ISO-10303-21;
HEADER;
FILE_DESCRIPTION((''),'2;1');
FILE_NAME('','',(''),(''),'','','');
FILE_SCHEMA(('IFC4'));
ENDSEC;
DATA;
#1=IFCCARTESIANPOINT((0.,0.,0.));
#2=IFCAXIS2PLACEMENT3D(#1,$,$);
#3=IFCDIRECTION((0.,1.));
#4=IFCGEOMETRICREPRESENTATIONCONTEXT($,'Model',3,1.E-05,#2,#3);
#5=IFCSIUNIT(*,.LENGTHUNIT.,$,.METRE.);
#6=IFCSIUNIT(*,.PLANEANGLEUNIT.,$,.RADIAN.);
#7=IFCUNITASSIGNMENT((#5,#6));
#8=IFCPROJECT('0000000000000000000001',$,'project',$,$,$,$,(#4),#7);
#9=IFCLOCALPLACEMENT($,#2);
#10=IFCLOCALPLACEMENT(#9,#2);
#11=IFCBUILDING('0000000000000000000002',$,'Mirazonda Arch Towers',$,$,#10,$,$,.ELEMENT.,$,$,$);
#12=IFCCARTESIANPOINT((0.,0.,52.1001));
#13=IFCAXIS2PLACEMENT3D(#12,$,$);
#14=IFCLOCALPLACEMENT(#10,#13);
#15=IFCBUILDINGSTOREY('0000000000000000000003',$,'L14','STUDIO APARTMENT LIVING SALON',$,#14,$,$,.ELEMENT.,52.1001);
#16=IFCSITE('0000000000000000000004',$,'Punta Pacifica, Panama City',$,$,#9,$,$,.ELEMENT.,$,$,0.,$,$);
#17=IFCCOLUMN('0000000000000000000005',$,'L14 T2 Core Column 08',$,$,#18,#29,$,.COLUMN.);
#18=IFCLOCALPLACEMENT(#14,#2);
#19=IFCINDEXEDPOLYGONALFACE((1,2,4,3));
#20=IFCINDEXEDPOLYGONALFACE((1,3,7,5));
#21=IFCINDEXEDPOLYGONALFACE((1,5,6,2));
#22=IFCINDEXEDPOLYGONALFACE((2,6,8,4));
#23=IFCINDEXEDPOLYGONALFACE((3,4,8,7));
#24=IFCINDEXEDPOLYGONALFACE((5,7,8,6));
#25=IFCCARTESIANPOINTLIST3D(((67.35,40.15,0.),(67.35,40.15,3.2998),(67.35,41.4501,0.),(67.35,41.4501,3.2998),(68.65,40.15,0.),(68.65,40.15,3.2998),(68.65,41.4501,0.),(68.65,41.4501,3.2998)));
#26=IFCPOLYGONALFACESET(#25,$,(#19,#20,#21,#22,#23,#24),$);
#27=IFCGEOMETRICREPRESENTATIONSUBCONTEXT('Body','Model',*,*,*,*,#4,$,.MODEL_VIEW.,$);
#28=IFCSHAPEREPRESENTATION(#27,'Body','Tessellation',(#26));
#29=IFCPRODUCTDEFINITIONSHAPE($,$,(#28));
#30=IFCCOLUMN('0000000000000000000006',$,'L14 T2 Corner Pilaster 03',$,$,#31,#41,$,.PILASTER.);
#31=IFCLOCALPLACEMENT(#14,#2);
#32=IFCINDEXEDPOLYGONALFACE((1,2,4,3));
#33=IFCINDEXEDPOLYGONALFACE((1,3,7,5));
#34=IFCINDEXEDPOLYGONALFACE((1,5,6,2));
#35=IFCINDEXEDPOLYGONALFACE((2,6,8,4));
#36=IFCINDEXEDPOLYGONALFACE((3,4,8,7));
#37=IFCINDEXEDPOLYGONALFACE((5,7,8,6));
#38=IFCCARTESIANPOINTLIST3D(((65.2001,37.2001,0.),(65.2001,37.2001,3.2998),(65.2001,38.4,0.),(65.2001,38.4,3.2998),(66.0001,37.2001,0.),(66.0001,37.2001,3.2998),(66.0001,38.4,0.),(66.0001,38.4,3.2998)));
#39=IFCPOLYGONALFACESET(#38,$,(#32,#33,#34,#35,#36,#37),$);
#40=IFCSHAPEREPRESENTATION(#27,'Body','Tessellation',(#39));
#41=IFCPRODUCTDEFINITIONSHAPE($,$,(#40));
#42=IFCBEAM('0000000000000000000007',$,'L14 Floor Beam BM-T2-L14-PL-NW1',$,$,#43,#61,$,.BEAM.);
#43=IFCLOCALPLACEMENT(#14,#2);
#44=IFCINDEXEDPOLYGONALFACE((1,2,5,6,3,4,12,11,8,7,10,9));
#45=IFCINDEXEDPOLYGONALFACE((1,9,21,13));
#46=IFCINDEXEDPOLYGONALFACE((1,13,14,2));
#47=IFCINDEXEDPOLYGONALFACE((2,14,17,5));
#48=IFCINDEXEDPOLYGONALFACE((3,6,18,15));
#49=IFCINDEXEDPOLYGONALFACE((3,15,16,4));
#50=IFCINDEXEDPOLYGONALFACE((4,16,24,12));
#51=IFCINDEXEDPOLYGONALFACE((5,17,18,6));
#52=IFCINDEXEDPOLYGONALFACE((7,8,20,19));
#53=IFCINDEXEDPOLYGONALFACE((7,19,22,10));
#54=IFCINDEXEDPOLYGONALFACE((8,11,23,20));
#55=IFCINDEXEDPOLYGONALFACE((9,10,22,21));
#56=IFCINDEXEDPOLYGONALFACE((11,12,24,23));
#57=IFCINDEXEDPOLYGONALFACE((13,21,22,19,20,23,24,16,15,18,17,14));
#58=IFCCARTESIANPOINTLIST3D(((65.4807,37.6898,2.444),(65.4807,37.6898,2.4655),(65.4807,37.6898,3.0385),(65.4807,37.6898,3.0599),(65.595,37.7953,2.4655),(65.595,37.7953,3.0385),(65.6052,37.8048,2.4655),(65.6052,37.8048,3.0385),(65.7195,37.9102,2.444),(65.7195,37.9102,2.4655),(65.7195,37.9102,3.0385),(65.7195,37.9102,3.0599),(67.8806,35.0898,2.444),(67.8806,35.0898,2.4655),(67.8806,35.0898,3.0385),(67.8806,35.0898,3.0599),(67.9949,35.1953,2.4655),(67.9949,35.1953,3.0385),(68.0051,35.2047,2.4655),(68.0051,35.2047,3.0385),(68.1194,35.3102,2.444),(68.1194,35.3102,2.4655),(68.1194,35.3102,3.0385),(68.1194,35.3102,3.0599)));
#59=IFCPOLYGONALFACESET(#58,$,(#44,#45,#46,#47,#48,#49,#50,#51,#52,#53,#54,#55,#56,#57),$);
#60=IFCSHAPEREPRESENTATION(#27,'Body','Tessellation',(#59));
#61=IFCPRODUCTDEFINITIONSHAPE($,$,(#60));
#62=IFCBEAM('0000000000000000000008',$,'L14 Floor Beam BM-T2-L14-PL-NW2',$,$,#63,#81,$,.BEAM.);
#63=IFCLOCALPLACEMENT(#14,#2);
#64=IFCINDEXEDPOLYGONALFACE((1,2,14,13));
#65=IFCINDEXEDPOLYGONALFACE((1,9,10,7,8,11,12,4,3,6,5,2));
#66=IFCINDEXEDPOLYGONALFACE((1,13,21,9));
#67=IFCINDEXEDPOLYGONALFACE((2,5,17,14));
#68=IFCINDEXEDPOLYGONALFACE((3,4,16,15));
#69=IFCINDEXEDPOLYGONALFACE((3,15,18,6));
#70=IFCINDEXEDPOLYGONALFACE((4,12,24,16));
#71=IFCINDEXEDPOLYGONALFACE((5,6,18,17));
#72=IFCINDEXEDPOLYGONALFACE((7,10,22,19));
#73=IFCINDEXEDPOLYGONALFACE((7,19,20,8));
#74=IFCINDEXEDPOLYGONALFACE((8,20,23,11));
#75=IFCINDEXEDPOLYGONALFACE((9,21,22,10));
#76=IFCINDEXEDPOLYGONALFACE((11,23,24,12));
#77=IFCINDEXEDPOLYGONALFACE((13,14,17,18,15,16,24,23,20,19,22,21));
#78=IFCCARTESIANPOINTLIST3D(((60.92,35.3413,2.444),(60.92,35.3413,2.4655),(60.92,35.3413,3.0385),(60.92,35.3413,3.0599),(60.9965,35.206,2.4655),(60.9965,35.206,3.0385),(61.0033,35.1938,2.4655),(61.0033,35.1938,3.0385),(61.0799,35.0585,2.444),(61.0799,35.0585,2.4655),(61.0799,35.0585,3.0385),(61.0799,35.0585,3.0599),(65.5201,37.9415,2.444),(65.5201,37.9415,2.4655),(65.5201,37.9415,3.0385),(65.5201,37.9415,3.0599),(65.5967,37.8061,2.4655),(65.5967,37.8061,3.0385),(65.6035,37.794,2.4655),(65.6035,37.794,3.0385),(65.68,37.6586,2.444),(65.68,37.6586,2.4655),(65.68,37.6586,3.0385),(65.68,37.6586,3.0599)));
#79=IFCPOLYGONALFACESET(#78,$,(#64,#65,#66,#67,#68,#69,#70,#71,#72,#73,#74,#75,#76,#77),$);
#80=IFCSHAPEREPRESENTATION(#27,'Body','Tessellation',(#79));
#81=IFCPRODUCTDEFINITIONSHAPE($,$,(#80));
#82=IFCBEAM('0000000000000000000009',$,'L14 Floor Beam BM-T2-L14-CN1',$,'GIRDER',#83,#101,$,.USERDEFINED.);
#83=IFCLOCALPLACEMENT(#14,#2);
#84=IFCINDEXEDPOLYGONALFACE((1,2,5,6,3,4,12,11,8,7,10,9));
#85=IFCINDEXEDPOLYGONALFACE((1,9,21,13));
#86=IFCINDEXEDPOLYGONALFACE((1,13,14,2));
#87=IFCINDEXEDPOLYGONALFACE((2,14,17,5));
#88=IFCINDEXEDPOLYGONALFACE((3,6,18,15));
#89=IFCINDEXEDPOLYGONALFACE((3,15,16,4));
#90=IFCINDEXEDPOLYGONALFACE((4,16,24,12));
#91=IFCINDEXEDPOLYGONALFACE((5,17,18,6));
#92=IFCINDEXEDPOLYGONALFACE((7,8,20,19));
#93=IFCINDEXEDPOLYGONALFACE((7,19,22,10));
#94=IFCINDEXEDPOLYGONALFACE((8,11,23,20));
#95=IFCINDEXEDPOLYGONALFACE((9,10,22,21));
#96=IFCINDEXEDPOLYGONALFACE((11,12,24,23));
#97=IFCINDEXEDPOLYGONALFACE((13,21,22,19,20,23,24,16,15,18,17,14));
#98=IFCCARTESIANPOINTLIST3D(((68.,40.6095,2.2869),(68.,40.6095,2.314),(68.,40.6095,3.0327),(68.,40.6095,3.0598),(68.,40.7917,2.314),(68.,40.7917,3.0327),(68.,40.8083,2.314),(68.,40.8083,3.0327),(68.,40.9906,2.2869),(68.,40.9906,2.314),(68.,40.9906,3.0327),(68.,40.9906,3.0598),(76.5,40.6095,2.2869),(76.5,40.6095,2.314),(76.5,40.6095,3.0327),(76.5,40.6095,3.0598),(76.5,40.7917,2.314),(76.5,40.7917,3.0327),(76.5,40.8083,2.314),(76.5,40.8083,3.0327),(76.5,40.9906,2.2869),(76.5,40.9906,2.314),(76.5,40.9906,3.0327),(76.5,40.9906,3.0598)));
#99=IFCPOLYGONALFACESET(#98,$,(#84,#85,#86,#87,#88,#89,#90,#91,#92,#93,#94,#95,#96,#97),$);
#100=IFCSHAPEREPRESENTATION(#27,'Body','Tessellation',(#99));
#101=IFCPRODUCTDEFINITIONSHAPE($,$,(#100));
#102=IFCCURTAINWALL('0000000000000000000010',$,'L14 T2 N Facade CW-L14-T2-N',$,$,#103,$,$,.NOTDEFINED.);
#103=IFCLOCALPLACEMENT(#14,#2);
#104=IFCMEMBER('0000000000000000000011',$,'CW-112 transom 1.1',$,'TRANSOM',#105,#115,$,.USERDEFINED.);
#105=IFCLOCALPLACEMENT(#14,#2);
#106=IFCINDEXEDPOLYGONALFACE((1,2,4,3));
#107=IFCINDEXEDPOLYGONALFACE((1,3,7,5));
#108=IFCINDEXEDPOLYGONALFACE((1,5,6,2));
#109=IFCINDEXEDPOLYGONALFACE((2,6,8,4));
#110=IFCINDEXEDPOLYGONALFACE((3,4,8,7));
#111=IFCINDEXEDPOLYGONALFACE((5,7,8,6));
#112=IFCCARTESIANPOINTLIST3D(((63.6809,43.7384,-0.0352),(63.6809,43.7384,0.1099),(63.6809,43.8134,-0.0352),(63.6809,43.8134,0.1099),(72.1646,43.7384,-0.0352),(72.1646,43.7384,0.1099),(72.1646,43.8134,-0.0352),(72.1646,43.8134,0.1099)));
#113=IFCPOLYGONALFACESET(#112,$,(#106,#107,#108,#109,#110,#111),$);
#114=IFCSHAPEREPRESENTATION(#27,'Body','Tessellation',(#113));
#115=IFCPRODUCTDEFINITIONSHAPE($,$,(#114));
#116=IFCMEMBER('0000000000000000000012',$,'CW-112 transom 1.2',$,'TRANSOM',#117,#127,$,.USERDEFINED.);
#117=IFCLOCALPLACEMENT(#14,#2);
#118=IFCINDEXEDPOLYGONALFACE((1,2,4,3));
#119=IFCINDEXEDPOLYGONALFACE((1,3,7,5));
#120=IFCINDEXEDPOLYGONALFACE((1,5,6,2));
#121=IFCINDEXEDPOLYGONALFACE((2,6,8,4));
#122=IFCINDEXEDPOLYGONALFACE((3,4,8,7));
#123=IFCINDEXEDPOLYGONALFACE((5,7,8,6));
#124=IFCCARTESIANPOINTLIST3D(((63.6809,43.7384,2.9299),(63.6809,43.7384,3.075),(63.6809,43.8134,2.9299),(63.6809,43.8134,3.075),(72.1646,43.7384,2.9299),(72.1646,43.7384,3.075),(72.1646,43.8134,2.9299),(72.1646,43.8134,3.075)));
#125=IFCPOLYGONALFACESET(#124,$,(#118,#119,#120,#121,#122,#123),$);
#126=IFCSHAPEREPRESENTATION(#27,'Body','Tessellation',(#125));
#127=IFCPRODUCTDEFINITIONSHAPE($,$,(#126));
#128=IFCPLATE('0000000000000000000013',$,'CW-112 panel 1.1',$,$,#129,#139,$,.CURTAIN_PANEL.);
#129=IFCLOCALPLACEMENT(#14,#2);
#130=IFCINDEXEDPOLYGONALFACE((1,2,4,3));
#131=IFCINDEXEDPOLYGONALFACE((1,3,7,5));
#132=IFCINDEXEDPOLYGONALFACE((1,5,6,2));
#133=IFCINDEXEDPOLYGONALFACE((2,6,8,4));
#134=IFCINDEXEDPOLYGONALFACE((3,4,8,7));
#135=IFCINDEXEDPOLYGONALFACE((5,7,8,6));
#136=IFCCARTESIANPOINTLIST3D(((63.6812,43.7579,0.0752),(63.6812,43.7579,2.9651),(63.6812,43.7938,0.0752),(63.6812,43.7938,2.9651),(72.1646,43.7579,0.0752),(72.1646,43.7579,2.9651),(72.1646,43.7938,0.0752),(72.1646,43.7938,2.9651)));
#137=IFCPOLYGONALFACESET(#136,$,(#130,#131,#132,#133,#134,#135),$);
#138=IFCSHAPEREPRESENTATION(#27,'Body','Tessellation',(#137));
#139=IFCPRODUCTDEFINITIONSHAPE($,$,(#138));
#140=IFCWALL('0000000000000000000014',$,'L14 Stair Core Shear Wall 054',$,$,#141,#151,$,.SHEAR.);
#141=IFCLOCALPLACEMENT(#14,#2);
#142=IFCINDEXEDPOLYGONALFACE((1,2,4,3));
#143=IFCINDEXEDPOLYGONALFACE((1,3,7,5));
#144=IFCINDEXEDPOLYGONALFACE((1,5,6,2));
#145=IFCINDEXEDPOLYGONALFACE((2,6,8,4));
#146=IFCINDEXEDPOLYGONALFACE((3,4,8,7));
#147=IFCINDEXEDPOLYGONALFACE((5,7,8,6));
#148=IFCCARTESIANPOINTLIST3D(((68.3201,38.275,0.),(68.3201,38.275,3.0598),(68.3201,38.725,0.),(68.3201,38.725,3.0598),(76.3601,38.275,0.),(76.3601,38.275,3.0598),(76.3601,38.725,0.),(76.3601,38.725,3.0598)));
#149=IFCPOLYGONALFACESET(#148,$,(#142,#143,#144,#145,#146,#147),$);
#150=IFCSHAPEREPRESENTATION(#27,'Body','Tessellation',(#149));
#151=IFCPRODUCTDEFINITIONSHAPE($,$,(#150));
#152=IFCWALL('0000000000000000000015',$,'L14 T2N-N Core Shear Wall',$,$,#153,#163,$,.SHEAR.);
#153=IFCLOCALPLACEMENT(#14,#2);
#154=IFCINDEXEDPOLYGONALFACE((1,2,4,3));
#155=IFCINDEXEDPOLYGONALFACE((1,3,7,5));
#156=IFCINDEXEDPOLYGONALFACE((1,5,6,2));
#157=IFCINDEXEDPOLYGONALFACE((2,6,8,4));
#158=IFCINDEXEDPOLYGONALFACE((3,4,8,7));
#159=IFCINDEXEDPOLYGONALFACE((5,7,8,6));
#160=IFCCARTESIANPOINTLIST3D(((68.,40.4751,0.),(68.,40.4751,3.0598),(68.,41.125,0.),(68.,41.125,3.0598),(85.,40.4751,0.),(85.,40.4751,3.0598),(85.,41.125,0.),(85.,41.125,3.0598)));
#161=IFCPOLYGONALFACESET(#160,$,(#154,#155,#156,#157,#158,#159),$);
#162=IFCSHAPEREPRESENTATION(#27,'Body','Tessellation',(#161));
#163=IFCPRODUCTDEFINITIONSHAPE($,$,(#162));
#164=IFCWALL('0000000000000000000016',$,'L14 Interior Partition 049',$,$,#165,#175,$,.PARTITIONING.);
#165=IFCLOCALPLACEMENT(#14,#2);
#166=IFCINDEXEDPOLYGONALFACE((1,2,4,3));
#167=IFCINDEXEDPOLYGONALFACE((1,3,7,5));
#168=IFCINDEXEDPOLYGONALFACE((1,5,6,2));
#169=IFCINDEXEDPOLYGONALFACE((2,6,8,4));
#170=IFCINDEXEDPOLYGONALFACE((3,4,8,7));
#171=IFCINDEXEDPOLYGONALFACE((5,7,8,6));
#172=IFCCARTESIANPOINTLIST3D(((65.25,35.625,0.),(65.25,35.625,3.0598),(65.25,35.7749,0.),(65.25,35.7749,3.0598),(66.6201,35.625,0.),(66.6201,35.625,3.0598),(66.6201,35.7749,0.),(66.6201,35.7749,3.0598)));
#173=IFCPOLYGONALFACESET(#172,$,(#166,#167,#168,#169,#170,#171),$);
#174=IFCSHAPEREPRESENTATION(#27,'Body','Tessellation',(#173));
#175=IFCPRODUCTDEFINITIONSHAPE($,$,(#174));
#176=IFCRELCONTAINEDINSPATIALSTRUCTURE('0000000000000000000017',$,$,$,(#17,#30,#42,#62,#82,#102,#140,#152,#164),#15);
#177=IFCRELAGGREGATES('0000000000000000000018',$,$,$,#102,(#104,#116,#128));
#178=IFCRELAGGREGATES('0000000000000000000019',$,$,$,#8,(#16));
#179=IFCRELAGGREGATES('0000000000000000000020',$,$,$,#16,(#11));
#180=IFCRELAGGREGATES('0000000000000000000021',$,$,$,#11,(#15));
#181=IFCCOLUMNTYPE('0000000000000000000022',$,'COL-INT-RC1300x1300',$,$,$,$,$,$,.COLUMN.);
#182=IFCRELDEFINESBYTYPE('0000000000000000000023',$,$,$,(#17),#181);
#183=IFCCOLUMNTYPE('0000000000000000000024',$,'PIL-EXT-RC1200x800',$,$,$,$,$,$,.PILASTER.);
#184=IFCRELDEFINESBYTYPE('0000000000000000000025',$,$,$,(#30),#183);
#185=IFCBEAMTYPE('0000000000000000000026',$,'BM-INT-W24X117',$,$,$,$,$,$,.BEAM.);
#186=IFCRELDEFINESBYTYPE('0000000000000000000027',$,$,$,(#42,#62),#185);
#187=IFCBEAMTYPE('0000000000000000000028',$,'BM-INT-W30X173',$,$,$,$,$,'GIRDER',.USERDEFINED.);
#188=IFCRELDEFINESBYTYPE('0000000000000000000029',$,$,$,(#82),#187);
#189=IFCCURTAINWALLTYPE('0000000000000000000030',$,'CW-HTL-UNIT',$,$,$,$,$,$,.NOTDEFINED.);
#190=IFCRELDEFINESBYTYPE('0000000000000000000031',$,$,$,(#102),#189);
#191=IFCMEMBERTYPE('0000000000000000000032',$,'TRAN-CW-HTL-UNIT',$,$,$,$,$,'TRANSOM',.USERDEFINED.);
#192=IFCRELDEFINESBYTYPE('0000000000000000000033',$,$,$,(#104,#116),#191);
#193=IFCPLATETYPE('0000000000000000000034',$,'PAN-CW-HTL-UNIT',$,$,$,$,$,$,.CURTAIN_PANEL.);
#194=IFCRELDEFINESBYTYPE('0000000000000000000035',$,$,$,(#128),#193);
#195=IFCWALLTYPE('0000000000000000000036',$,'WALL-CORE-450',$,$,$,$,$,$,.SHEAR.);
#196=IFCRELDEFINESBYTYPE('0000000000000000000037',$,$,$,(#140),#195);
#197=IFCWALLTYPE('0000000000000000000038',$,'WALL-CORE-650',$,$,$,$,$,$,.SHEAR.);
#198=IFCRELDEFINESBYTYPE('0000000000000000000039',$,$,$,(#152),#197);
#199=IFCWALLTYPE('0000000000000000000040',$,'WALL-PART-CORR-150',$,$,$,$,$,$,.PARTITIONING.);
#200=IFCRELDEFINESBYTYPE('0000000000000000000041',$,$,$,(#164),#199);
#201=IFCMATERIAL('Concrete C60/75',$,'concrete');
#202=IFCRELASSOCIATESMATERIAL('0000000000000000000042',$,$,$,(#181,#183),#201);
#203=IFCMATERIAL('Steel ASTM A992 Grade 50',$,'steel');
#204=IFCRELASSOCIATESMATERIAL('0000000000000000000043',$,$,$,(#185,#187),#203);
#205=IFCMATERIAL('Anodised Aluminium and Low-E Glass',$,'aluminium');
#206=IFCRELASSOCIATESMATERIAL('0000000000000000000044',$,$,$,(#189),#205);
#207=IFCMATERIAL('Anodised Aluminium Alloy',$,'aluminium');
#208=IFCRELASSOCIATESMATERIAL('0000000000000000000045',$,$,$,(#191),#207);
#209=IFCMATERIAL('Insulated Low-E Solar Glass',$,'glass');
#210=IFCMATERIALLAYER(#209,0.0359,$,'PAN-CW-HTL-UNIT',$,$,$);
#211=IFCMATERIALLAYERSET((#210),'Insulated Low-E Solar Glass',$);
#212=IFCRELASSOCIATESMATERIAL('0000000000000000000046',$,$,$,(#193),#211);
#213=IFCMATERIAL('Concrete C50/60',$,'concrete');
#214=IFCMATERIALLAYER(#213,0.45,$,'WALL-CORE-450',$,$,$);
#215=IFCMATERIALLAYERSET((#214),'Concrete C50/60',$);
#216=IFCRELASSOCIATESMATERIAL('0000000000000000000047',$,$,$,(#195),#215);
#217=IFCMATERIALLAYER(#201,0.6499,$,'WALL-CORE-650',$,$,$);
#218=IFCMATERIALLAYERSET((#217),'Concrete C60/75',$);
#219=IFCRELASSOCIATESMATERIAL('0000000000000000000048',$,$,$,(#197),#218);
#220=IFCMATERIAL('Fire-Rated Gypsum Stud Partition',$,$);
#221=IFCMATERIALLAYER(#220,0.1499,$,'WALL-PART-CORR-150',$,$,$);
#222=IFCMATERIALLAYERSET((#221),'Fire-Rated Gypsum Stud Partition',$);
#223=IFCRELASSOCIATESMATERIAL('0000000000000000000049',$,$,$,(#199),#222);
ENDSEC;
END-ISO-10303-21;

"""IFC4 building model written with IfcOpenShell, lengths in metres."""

from ifc_helpers import new_model, si_unit, direction, frame, frame_2d, origin, origin_2d, place, context, subcontext, project, spatial, rectangle, i_section, extrude, material, layer, layer_set, material_profile, profile_set, type_object, element, aggregate, save


model = new_model("IFC4")

# Units and contexts
model_context = context("Model", 3, precision=1e-05, world=origin(), true_north=direction((0.0, 1.0)))
body_context = subcontext(model_context, "Body", "Model", "MODEL_VIEW")
ifc_project = project(units=[si_unit("LENGTHUNIT", "METRE"), si_unit("PLANEANGLEUNIT", "RADIAN")], contexts=[model_context])

# Site, building, storey
site_placement = place(None, origin())
site = spatial("IfcSite", under=ifc_project, at=site_placement, Name="Punta Pacifica, Panama City", CompositionType="ELEMENT", RefElevation=0.0)
building_placement = place(site_placement, origin())
building = spatial("IfcBuilding", under=site, at=building_placement, Name="Mirazonda Arch Towers", CompositionType="ELEMENT")
storey_placement = place(building_placement, frame((0.0, 0.0, 52.1001)))
storey = spatial("IfcBuildingStorey", under=building, at=storey_placement, Name="L14", Description="STUDIO APARTMENT LIVING SALON", CompositionType="ELEMENT", Elevation=52.1001)

# Columns
ifc_material_1 = material(Name="Concrete C60/75", Category="concrete")
ifc_material_profile_1 = material_profile(ifc_material_1, rectangle(XDim=1.3, YDim=1.3, at=origin_2d()), Name="RC1300x1300")
ifc_profile_set_1 = profile_set([ifc_material_profile_1], Name="Concrete C60/75")
column_type_1 = type_object("IfcColumnType", Name="COL-INT-RC1300x1300", PredefinedType="COLUMN", material=ifc_profile_set_1)
column_1_placement = place(storey_placement, frame((68.0, 40.8, 0.0), z_axis=(0.0, 0.0, 1.0), x_axis=(1.0, 0.0, 0.0)))
element("IfcColumn", 1, at=column_1_placement, inside=storey, type_object=column_type_1, Name="L14 T2 Core Column 08", PredefinedType="COLUMN", context=body_context, shape_type="SweptSolid", body=[
    extrude(rectangle(XDim=1.3, YDim=1.3, at=origin_2d()), origin(), (0.0, 0.0, 1.0), 3.2998),
])
ifc_material_profile_2 = material_profile(ifc_material_1, rectangle(XDim=0.8, YDim=1.2, at=origin_2d()), Name="RC1200x800")
ifc_profile_set_2 = profile_set([ifc_material_profile_2], Name="Concrete C60/75")
column_type_2 = type_object("IfcColumnType", Name="PIL-EXT-RC1200x800", PredefinedType="PILASTER", material=ifc_profile_set_2)
column_2_placement = place(storey_placement, frame((65.6001, 37.8, 0.0), z_axis=(0.0, 0.0, 1.0), x_axis=(1.0, 0.0, 0.0)))
element("IfcColumn", 2, at=column_2_placement, inside=storey, type_object=column_type_2, Name="L14 T2 Corner Pilaster 03", PredefinedType="PILASTER", context=body_context, shape_type="SweptSolid", body=[
    extrude(rectangle(XDim=0.8, YDim=1.2, at=origin_2d()), origin(), (0.0, 0.0, 1.0), 3.2998),
])

# Beams
ifc_material_2 = material(Name="Steel ASTM A992 Grade 50", Category="steel")
ifc_material_profile_3 = material_profile(ifc_material_2, i_section(OverallWidth=0.325, OverallDepth=0.616, WebThickness=0.0139, FlangeThickness=0.0215, at=origin_2d()), Name="W24X117")
ifc_profile_set_3 = profile_set([ifc_material_profile_3], Name="Steel ASTM A992 Grade 50")
beam_type_1 = type_object("IfcBeamType", Name="BM-INT-W24X117", PredefinedType="BEAM", material=ifc_profile_set_3)
beam_1_placement = place(storey_placement, frame((65.6001, 37.8, 2.752), z_axis=(0.678251, -0.73483, 0.0), x_axis=(0.73483, 0.678251, 0.0)))
element("IfcBeam", 3, at=beam_1_placement, inside=storey, type_object=beam_type_1, Name="L14 Floor Beam BM-T2-L14-PL-NW1", PredefinedType="BEAM", context=body_context, shape_type="SweptSolid", body=[
    extrude(i_section(OverallWidth=0.325, OverallDepth=0.616, WebThickness=0.0139, FlangeThickness=0.0215, at=origin_2d()), origin(), (0.0, 0.0, 1.0), 3.5383),
])
beam_2_placement = place(storey_placement, frame((65.6001, 37.8, 2.752), z_axis=(-0.870559, -0.492063, 0.0), x_axis=(0.492063, -0.870559, 0.0)))
element("IfcBeam", 4, at=beam_2_placement, inside=storey, type_object=beam_type_1, Name="L14 Floor Beam BM-T2-L14-PL-NW2", PredefinedType="BEAM", context=body_context, shape_type="SweptSolid", body=[
    extrude(i_section(OverallWidth=0.325, OverallDepth=0.616, WebThickness=0.0139, FlangeThickness=0.0215, at=origin_2d()), origin(), (0.0, 0.0, 1.0), 5.2842),
])
ifc_material_profile_4 = material_profile(ifc_material_2, i_section(OverallWidth=0.3811, OverallDepth=0.7729, WebThickness=0.0166, FlangeThickness=0.0271, at=origin_2d()), Name="W30X173")
ifc_profile_set_4 = profile_set([ifc_material_profile_4], Name="Steel ASTM A992 Grade 50")
beam_type_2 = type_object("IfcBeamType", Name="BM-INT-W30X173", ElementType="GIRDER", PredefinedType="USERDEFINED", material=ifc_profile_set_4)
beam_3_placement = place(storey_placement, frame((68.0, 40.8, 2.6733), z_axis=(1.0, 0.0, 0.0), x_axis=(0.0, 1.0, 0.0)))
element("IfcBeam", 5, at=beam_3_placement, inside=storey, type_object=beam_type_2, Name="L14 Floor Beam BM-T2-L14-CN1", ObjectType="GIRDER", PredefinedType="USERDEFINED", context=body_context, shape_type="SweptSolid", body=[
    extrude(i_section(OverallWidth=0.3811, OverallDepth=0.7729, WebThickness=0.0166, FlangeThickness=0.0271, at=origin_2d()), origin(), (0.0, 0.0, 1.0), 8.5),
])

# Curtain wall, members, plate
ifc_material_3 = material(Name="Anodised Aluminium and Low-E Glass", Category="aluminium")
curtain_wall_type = type_object("IfcCurtainWallType", Name="CW-HTL-UNIT", PredefinedType="NOTDEFINED", material=ifc_material_3)
curtain_wall_placement = place(storey_placement, origin())
curtain_wall = element("IfcCurtainWall", 6, at=curtain_wall_placement, inside=storey, type_object=curtain_wall_type, Name="L14 T2 N Facade CW-L14-T2-N", PredefinedType="NOTDEFINED")
ifc_material_4 = material(Name="Anodised Aluminium Alloy", Category="aluminium")
ifc_material_profile_5 = material_profile(ifc_material_4, rectangle(XDim=0.075, YDim=0.145, at=origin_2d()), Name="ALU-TRAN-75x145")
ifc_profile_set_5 = profile_set([ifc_material_profile_5], Name="Anodised Aluminium Alloy")
member_type = type_object("IfcMemberType", Name="TRAN-CW-HTL-UNIT", ElementType="TRANSOM", PredefinedType="USERDEFINED", material=ifc_profile_set_5)
member_1_placement = place(storey_placement, frame((63.6809, 43.7759, 0.0374), z_axis=(1.0, 0.0, 0.0), x_axis=(0.0, 1.0, 0.0)))
member_1 = element("IfcMember", 7, at=member_1_placement, type_object=member_type, Name="CW-112 transom 1.1", ObjectType="TRANSOM", PredefinedType="USERDEFINED", context=body_context, shape_type="SweptSolid", body=[
    extrude(rectangle(XDim=0.075, YDim=0.145, at=origin_2d()), origin(), (0.0, 0.0, 1.0), 8.4836),
])
member_2_placement = place(storey_placement, frame((63.6809, 43.7759, 3.0024), z_axis=(1.0, 0.0, 0.0), x_axis=(0.0, 1.0, 0.0)))
member_2 = element("IfcMember", 8, at=member_2_placement, type_object=member_type, Name="CW-112 transom 1.2", ObjectType="TRANSOM", PredefinedType="USERDEFINED", context=body_context, shape_type="SweptSolid", body=[
    extrude(rectangle(XDim=0.075, YDim=0.145, at=origin_2d()), origin(), (0.0, 0.0, 1.0), 8.4836),
])
ifc_material_5 = material(Name="Insulated Low-E Solar Glass", Category="glass")
ifc_layer_1 = layer(ifc_material_5, 0.0359, Name="PAN-CW-HTL-UNIT")
ifc_layer_set_1 = layer_set([ifc_layer_1], Name="Insulated Low-E Solar Glass")
plate_type = type_object("IfcPlateType", Name="PAN-CW-HTL-UNIT", PredefinedType="CURTAIN_PANEL", material=ifc_layer_set_1)
plate_placement = place(storey_placement, frame((67.9229, 43.7759, 0.0752), z_axis=(0.0, 0.0, 1.0), x_axis=(1.0, 0.0, 0.0)))
plate = element("IfcPlate", 9, at=plate_placement, type_object=plate_type, Name="CW-112 panel 1.1", PredefinedType="CURTAIN_PANEL", context=body_context, shape_type="SweptSolid", body=[
    extrude(rectangle(XDim=8.4834, YDim=0.0359, at=origin_2d()), origin(), (0.0, 0.0, 1.0), 2.8899),
])
aggregate(curtain_wall, [member_1, member_2, plate])

# Walls
ifc_material_6 = material(Name="Concrete C50/60", Category="concrete")
ifc_layer_2 = layer(ifc_material_6, 0.45, Name="WALL-CORE-450")
ifc_layer_set_2 = layer_set([ifc_layer_2], Name="Concrete C50/60")
wall_type_1 = type_object("IfcWallType", Name="WALL-CORE-450", PredefinedType="SHEAR", material=ifc_layer_set_2)
wall_1_placement = place(storey_placement, frame((68.3201, 38.5, 0.0), z_axis=(0.0, 0.0, 1.0), x_axis=(1.0, 0.0, 0.0)))
element("IfcWall", 10, at=wall_1_placement, inside=storey, type_object=wall_type_1, Name="L14 Stair Core Shear Wall 054", PredefinedType="SHEAR", context=body_context, shape_type="SweptSolid", body=[
    extrude(rectangle(XDim=8.04, YDim=0.45, at=frame_2d((4.02, 0.0))), origin(), (0.0, 0.0, 1.0), 3.0598),
])
ifc_layer_3 = layer(ifc_material_1, 0.6499, Name="WALL-CORE-650")
ifc_layer_set_3 = layer_set([ifc_layer_3], Name="Concrete C60/75")
wall_type_2 = type_object("IfcWallType", Name="WALL-CORE-650", PredefinedType="SHEAR", material=ifc_layer_set_3)
wall_2_placement = place(storey_placement, frame((68.0, 40.8, 0.0), z_axis=(0.0, 0.0, 1.0), x_axis=(1.0, 0.0, 0.0)))
element("IfcWall", 11, at=wall_2_placement, inside=storey, type_object=wall_type_2, Name="L14 T2N-N Core Shear Wall", PredefinedType="SHEAR", context=body_context, shape_type="SweptSolid", body=[
    extrude(rectangle(XDim=17.0, YDim=0.6499, at=frame_2d((8.5, 0.0))), origin(), (0.0, 0.0, 1.0), 3.0598),
])
ifc_material_7 = material(Name="Fire-Rated Gypsum Stud Partition")
ifc_layer_4 = layer(ifc_material_7, 0.1499, Name="WALL-PART-CORR-150")
ifc_layer_set_4 = layer_set([ifc_layer_4], Name="Fire-Rated Gypsum Stud Partition")
wall_type_3 = type_object("IfcWallType", Name="WALL-PART-CORR-150", PredefinedType="PARTITIONING", material=ifc_layer_set_4)
wall_3_placement = place(storey_placement, frame((65.25, 35.7, 0.0), z_axis=(0.0, 0.0, 1.0), x_axis=(1.0, 0.0, 0.0)))
element("IfcWall", 12, at=wall_3_placement, inside=storey, type_object=wall_type_3, Name="L14 Interior Partition 049", PredefinedType="PARTITIONING", context=body_context, shape_type="SweptSolid", body=[
    extrude(rectangle(XDim=1.3701, YDim=0.1499, at=frame_2d((0.6851, 0.0))), origin(), (0.0, 0.0, 1.0), 3.0598),
])

save(model, "model.ifc")
